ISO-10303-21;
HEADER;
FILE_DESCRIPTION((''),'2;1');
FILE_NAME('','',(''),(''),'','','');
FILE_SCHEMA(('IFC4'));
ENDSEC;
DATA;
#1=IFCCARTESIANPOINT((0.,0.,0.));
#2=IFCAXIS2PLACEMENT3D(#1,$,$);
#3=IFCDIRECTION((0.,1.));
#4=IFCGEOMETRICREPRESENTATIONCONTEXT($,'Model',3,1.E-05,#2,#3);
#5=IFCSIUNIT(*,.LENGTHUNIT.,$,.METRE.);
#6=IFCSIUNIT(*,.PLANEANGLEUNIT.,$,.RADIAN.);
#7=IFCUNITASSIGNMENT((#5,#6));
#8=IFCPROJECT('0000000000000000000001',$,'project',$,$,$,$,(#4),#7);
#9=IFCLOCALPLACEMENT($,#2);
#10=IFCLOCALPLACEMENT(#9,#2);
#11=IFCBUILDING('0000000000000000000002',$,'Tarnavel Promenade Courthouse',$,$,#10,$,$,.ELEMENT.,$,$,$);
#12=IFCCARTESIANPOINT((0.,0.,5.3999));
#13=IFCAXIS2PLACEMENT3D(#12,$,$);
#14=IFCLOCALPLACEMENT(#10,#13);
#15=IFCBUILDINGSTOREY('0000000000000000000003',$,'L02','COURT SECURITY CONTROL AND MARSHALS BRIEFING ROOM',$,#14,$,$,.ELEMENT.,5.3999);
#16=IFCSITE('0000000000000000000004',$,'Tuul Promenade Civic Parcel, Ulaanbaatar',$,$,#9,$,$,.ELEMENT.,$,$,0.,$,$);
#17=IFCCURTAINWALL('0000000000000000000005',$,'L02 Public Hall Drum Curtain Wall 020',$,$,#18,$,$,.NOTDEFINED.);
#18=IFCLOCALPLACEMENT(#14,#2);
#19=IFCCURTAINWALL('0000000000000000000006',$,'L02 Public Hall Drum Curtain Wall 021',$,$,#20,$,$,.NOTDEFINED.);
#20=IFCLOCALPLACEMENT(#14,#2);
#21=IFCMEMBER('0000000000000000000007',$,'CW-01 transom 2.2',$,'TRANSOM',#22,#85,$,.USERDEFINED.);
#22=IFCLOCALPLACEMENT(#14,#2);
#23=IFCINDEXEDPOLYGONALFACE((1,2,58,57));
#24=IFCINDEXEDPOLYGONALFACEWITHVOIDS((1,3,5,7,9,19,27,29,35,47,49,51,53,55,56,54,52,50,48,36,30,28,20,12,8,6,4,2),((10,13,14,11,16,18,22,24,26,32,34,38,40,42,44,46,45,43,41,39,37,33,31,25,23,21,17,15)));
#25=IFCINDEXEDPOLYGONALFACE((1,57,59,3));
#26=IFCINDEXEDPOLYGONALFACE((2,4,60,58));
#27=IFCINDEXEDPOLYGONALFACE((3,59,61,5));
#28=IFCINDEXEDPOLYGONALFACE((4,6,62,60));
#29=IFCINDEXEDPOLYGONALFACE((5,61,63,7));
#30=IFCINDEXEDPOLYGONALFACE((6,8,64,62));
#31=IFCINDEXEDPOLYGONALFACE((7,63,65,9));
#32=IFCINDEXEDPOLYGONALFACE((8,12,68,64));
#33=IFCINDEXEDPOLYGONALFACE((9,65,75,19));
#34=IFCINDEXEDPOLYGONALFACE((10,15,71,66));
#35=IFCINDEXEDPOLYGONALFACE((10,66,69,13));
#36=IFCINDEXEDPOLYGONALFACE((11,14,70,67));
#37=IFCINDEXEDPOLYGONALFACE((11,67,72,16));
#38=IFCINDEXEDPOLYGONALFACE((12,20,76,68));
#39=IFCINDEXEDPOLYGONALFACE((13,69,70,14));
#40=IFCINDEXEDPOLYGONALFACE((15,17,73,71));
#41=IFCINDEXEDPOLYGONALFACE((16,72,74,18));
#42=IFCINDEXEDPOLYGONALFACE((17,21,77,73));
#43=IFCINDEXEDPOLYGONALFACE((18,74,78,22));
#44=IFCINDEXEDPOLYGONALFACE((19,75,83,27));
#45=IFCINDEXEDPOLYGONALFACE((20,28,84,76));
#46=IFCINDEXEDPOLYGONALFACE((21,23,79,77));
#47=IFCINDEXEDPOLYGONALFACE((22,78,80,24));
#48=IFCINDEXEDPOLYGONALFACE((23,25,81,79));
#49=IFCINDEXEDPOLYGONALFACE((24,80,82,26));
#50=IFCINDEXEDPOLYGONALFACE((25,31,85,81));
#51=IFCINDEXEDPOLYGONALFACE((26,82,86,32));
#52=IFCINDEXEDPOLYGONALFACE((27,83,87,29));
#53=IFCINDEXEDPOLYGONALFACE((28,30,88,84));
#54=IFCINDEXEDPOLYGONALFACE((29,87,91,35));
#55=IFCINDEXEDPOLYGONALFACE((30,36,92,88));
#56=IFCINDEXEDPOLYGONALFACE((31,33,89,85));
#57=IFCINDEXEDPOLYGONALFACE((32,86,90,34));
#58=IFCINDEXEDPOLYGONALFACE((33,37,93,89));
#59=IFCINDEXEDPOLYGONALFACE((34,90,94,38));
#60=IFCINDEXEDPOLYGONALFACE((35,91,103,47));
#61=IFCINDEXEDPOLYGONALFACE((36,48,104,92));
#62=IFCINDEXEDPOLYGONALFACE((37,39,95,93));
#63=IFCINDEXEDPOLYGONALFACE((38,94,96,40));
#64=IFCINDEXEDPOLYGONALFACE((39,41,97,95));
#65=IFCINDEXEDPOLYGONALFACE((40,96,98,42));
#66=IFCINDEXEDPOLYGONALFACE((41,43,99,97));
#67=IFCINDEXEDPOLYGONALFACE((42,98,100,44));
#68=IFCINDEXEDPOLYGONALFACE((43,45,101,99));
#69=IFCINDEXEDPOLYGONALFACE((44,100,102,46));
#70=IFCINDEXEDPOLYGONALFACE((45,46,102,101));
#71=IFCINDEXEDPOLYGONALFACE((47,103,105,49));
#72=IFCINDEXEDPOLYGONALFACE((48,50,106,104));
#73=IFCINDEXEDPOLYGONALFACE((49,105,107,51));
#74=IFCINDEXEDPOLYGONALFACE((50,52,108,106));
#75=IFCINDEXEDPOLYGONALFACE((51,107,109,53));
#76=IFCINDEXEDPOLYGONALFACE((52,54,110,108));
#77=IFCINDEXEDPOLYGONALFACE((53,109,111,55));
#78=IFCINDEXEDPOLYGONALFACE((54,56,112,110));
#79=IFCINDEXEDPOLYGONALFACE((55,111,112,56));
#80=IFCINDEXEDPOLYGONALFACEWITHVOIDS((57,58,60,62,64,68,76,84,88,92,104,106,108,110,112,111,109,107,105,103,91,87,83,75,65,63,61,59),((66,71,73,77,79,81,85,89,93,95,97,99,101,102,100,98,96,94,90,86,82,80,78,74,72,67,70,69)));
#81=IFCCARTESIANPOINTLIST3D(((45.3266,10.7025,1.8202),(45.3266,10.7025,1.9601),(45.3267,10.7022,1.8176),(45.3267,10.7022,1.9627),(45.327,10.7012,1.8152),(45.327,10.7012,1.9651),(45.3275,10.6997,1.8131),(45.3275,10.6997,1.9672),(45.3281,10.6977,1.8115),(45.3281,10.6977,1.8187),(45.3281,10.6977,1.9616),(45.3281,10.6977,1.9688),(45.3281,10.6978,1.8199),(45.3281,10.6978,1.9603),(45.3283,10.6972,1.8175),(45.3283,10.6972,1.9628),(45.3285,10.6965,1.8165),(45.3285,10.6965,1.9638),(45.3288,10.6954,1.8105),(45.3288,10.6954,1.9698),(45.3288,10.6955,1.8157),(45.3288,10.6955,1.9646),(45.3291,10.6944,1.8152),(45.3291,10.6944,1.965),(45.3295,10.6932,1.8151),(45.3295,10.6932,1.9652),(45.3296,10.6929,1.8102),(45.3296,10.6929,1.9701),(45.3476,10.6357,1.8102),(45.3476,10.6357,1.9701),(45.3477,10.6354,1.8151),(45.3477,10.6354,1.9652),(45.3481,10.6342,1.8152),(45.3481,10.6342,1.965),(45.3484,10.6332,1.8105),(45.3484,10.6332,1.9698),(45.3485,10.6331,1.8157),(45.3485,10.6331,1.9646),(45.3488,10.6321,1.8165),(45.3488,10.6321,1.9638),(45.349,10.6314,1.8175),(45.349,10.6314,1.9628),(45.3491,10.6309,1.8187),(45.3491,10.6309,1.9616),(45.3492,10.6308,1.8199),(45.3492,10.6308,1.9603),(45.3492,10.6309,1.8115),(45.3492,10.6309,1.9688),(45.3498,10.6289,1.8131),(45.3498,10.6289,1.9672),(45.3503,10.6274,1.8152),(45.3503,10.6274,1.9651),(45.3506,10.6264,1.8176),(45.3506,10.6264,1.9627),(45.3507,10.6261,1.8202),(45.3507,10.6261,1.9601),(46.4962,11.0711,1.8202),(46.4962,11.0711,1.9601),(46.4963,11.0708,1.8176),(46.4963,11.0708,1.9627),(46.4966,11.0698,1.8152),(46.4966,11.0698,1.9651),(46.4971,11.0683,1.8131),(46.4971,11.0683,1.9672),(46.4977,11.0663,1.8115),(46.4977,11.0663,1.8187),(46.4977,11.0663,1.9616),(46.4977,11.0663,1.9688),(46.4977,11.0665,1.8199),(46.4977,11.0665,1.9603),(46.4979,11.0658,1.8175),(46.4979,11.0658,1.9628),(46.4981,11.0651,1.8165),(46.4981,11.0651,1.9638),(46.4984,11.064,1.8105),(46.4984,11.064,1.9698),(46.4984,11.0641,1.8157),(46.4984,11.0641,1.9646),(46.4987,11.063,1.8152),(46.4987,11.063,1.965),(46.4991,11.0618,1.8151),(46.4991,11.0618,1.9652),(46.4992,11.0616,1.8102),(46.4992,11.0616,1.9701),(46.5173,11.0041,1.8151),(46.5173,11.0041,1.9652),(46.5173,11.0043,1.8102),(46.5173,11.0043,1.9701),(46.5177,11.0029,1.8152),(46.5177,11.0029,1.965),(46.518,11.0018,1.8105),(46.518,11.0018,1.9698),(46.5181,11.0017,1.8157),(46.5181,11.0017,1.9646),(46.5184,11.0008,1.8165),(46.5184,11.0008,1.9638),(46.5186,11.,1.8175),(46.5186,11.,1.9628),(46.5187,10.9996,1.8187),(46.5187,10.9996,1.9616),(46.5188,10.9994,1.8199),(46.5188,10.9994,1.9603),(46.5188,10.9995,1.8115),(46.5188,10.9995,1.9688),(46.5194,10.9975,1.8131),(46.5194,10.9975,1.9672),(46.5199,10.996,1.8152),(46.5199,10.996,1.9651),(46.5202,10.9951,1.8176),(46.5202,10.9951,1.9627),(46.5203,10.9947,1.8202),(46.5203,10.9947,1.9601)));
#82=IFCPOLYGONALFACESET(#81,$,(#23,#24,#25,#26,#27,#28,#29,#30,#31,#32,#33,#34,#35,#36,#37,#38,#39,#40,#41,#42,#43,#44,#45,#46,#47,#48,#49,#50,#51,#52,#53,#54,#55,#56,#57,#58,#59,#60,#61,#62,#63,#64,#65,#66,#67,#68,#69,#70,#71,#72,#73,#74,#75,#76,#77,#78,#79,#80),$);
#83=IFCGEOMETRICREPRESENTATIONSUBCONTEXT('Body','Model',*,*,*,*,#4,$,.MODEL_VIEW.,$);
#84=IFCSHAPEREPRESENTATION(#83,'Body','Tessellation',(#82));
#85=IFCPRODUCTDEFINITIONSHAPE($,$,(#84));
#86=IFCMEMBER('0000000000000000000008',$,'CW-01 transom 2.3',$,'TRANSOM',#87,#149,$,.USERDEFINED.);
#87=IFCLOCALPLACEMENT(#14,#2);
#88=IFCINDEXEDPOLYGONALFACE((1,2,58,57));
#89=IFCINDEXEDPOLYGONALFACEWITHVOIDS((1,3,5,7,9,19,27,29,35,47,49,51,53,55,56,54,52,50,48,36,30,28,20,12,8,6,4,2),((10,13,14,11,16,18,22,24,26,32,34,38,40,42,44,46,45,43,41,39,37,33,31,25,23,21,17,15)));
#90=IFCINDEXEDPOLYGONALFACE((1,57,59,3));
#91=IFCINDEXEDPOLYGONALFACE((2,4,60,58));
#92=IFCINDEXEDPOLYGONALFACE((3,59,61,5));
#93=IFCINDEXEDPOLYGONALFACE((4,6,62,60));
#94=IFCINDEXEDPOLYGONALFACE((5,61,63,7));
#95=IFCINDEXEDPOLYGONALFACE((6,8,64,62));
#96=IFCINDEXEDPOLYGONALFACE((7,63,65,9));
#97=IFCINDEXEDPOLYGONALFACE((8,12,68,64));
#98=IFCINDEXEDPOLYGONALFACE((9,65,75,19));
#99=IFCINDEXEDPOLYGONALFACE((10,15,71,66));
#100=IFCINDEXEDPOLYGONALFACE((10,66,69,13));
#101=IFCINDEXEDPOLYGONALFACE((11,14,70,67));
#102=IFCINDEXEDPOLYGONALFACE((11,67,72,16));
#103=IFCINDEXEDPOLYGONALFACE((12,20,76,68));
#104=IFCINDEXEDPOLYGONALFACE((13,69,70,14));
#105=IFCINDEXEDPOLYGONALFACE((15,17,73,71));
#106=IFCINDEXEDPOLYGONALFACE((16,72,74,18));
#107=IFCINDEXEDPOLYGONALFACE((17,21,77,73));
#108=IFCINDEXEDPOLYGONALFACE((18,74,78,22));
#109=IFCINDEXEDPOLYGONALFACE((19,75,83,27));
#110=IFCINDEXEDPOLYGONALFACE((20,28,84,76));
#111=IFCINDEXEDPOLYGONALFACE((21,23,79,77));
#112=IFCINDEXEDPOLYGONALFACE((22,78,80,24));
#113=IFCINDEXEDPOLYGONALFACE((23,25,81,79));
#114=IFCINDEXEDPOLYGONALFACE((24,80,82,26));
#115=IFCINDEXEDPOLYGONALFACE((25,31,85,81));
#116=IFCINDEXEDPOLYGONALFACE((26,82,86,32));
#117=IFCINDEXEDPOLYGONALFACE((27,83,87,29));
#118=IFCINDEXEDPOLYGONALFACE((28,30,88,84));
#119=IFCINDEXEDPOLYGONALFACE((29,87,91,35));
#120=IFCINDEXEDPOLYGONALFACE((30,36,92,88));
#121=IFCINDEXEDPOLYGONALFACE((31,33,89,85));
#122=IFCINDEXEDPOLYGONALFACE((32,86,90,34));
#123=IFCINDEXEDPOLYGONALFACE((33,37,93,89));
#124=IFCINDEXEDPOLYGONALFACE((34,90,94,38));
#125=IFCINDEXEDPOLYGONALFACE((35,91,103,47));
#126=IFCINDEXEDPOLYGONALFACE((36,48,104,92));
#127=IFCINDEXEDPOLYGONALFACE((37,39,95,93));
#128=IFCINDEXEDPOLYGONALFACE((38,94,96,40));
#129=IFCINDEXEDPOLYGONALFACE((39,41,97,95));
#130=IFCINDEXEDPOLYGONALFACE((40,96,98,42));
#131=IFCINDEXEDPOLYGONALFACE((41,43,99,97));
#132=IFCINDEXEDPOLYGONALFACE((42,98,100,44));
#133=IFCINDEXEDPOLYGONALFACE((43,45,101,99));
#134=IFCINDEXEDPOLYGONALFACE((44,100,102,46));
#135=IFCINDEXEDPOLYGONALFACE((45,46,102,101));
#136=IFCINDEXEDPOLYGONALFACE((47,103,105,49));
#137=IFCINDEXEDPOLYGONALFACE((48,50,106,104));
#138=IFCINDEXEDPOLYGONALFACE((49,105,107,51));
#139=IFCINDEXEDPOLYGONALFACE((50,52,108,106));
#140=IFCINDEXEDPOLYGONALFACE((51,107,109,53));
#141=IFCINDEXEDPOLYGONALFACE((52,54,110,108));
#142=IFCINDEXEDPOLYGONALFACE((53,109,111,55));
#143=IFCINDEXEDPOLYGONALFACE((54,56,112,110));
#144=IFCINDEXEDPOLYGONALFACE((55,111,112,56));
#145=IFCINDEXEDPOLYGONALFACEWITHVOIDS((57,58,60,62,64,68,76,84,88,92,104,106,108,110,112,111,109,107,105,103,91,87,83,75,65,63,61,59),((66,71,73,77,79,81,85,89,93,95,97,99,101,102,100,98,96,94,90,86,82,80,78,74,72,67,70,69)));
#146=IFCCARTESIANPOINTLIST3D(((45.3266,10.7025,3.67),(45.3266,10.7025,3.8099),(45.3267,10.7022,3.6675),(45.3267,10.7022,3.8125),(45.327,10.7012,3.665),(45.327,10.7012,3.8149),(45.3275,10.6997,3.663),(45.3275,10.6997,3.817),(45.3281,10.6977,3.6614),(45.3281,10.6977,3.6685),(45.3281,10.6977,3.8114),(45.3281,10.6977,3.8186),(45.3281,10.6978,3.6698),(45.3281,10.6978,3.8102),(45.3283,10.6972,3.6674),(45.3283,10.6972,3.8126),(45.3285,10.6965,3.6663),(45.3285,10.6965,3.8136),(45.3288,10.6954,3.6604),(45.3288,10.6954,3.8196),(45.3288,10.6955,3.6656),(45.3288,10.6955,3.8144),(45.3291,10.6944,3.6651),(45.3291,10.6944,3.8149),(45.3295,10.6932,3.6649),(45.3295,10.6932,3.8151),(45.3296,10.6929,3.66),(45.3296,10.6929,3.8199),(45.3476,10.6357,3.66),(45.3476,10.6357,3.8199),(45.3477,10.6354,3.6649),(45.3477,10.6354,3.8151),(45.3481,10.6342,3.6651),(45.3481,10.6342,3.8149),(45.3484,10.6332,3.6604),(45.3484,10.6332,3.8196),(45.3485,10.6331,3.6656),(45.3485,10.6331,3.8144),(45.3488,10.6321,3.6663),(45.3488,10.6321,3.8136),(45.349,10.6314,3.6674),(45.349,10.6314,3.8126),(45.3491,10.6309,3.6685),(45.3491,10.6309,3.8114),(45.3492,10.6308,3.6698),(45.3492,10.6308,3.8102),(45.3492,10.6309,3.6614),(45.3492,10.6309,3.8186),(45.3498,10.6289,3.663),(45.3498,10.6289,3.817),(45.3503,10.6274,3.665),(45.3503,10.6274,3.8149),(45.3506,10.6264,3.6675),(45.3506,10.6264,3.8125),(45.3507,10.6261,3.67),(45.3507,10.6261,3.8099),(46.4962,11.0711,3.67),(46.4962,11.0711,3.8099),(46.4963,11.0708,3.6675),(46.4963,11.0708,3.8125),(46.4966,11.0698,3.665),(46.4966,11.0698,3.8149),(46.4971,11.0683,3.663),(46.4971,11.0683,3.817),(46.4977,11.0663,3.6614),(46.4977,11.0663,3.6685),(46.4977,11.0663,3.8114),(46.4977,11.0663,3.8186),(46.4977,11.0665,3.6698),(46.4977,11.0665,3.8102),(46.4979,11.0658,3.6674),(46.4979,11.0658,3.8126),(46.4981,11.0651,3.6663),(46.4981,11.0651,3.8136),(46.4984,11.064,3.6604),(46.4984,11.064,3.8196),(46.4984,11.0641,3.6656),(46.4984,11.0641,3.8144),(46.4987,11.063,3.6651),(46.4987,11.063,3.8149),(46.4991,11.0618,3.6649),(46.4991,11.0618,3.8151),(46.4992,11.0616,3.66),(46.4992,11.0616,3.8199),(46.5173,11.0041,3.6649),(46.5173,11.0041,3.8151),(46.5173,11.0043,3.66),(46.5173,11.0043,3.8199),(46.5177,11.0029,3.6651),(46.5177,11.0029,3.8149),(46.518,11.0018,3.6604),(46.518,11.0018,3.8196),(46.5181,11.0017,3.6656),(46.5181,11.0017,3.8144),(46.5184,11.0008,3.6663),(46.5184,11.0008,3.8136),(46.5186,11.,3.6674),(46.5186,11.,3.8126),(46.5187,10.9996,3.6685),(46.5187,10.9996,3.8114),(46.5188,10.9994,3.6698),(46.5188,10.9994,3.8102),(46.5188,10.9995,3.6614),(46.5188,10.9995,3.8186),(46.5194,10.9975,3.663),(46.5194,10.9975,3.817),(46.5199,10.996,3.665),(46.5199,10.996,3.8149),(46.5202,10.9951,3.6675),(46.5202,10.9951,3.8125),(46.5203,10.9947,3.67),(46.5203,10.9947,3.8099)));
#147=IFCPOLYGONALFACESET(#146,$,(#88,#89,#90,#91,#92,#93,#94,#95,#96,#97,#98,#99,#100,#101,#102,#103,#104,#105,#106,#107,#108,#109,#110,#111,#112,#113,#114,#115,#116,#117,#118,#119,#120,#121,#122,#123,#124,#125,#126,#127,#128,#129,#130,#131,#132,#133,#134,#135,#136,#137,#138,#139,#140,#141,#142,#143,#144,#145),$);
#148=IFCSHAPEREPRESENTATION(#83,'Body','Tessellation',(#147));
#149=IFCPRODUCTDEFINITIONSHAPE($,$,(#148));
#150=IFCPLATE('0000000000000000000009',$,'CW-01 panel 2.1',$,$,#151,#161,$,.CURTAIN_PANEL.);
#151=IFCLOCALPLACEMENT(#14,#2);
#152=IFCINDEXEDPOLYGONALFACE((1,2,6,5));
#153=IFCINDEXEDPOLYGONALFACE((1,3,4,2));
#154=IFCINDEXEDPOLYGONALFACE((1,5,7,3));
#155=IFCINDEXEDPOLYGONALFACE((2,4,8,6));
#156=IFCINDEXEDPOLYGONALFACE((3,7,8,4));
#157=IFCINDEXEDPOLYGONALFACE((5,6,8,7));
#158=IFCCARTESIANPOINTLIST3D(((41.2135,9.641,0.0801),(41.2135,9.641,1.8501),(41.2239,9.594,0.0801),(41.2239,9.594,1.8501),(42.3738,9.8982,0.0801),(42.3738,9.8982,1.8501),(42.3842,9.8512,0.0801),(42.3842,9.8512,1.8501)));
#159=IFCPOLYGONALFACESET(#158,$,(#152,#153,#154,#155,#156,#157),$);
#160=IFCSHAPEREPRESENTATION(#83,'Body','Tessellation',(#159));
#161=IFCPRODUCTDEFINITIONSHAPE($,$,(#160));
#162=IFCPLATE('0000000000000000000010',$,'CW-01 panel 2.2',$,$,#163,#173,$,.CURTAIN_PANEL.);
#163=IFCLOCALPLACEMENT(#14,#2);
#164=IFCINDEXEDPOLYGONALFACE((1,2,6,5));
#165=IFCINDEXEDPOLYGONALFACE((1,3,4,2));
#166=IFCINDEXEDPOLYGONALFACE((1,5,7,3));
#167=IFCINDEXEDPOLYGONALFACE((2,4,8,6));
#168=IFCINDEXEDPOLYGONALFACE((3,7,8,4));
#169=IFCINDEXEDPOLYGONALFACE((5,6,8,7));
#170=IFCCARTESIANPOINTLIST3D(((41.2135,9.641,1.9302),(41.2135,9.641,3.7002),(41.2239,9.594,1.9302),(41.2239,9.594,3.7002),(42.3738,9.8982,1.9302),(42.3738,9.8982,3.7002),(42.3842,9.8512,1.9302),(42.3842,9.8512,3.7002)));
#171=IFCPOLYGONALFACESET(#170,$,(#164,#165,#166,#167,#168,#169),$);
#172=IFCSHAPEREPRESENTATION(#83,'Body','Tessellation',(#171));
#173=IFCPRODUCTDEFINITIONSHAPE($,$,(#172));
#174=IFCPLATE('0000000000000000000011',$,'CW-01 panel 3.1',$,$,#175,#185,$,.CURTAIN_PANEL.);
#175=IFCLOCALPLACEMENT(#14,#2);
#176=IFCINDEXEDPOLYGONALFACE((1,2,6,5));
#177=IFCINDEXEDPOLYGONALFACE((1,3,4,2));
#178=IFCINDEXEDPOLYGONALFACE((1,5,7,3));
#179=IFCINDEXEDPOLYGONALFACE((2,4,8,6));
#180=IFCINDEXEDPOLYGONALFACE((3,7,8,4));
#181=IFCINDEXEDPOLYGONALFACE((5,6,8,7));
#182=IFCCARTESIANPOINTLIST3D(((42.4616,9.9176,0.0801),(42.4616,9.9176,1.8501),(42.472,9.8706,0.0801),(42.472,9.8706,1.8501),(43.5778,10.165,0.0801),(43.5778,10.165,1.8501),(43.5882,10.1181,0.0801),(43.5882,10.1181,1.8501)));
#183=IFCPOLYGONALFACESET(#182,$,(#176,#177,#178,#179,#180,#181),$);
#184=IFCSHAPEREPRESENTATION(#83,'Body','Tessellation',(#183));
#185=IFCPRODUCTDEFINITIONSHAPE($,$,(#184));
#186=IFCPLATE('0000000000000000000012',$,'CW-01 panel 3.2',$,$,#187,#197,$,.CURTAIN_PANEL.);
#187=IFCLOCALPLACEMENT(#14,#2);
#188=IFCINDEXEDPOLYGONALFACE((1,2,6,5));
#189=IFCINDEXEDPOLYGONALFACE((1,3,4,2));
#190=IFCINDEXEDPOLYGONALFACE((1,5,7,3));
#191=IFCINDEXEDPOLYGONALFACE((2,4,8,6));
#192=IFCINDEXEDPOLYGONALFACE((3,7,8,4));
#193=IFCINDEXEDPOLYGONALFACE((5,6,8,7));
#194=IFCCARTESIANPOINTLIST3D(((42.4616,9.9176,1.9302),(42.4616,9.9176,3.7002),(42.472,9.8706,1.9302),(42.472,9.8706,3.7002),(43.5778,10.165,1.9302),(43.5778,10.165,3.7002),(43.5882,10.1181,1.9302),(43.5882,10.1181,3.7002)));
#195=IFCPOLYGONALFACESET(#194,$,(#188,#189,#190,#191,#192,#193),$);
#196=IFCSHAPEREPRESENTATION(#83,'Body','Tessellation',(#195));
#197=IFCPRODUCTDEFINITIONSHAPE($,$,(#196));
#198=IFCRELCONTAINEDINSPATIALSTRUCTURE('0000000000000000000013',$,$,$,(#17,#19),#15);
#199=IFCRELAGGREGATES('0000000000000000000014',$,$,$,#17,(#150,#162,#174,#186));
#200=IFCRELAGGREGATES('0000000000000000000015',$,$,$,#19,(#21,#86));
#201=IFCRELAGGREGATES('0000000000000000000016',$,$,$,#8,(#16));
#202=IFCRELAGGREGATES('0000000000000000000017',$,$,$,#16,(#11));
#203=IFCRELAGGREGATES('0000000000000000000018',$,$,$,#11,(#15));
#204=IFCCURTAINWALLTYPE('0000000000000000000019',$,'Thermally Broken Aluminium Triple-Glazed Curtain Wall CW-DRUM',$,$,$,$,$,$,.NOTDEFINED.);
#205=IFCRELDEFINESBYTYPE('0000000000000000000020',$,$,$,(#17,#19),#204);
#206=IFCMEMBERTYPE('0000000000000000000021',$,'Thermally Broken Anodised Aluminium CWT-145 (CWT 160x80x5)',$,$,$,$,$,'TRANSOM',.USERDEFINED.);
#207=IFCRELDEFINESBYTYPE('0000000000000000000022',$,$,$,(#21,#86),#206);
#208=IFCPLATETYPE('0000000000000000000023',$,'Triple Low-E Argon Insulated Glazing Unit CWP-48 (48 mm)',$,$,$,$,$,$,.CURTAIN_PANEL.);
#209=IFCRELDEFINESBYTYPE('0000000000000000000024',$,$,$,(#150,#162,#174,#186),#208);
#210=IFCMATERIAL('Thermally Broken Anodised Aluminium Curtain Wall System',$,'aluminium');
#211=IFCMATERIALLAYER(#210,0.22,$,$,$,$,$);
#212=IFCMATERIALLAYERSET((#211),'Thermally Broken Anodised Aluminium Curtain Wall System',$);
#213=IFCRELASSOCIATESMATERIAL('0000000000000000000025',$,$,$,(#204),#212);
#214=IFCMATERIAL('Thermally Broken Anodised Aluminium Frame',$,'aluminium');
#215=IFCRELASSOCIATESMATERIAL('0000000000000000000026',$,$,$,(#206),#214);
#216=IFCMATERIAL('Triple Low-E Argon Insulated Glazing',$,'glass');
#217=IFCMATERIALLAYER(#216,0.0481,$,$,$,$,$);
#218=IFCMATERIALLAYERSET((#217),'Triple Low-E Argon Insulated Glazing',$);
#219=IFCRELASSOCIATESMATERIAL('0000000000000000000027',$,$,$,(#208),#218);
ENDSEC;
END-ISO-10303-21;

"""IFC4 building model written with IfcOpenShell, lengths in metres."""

from ifc_helpers import new_model, si_unit, direction, frame, origin, origin_2d, place, context, subcontext, project, spatial, rectangle, hollow_rectangle, extrude, material, layer, layer_set, material_profile, profile_set, type_object, element, aggregate, save


model = new_model("IFC4")

# Units and contexts
model_context = context("Model", 3, precision=1e-05, world=origin(), true_north=direction((0.0, 1.0)))
body_context = subcontext(model_context, "Body", "Model", "MODEL_VIEW")
ifc_project = project(units=[si_unit("LENGTHUNIT", "METRE"), si_unit("PLANEANGLEUNIT", "RADIAN")], contexts=[model_context])

# Site, building, storey
site_placement = place(None, origin())
site = spatial("IfcSite", under=ifc_project, at=site_placement, Name="Tuul Promenade Civic Parcel, Ulaanbaatar", CompositionType="ELEMENT", RefElevation=0.0)
building_placement = place(site_placement, origin())
building = spatial("IfcBuilding", under=site, at=building_placement, Name="Tarnavel Promenade Courthouse", CompositionType="ELEMENT")
storey_placement = place(building_placement, frame((0.0, 0.0, 5.3999)))
storey = spatial("IfcBuildingStorey", under=building, at=storey_placement, Name="L02", Description="COURT SECURITY CONTROL AND MARSHALS BRIEFING ROOM", CompositionType="ELEMENT", Elevation=5.3999)

# Curtain walls
ifc_material_1 = material(Name="Thermally Broken Anodised Aluminium Curtain Wall System", Category="aluminium")
ifc_layer_1 = layer(ifc_material_1, 0.22)
ifc_layer_set_1 = layer_set([ifc_layer_1], Name="Thermally Broken Anodised Aluminium Curtain Wall System")
curtain_wall_type = type_object("IfcCurtainWallType", Name="Thermally Broken Aluminium Triple-Glazed Curtain Wall CW-DRUM", PredefinedType="NOTDEFINED", material=ifc_layer_set_1)
curtain_wall_1_placement = place(storey_placement, origin())
curtain_wall_1 = element("IfcCurtainWall", 1, at=curtain_wall_1_placement, inside=storey, type_object=curtain_wall_type, Name="L02 Public Hall Drum Curtain Wall 020", PredefinedType="NOTDEFINED")
ifc_material_2 = material(Name="Thermally Broken Anodised Aluminium Frame", Category="aluminium")
curtain_wall_2_placement = place(storey_placement, origin())
curtain_wall_2 = element("IfcCurtainWall", 2, at=curtain_wall_2_placement, inside=storey, type_object=curtain_wall_type, Name="L02 Public Hall Drum Curtain Wall 021", PredefinedType="NOTDEFINED")

# Members
ifc_material_profile_1 = material_profile(ifc_material_2, hollow_rectangle(XDim=0.0801, YDim=0.1599, WallThickness=0.0049, InnerFilletRadius=0.0049, OuterFilletRadius=0.01, at=origin_2d()), Name="CWT 160x80x5")
ifc_profile_set_1 = profile_set([ifc_material_profile_1], Name="Thermally Broken Anodised Aluminium Frame")
member_type_1 = type_object("IfcMemberType", Name="Thermally Broken Anodised Aluminium CWT-145 (CWT 160x80x5)", ElementType="TRANSOM", PredefinedType="USERDEFINED", material=ifc_profile_set_1)
member_1_placement = place(storey_placement, frame((45.3386, 10.6643, 1.8901), z_axis=(0.953751, 0.300598, 0.0), x_axis=(-0.300598, 0.953751, 0.0)))
member_1 = element("IfcMember", 3, at=member_1_placement, type_object=member_type_1, Name="CW-01 transom 2.2", ObjectType="TRANSOM", PredefinedType="USERDEFINED", context=body_context, shape_type="SweptSolid", body=[
    extrude(hollow_rectangle(XDim=0.0801, YDim=0.1599, WallThickness=0.0049, InnerFilletRadius=0.0049, OuterFilletRadius=0.01, at=origin_2d()), origin(), (0.0, 0.0, 1.0), 1.2263),
])
member_2_placement = place(storey_placement, frame((45.3386, 10.6643, 3.74), z_axis=(0.953751, 0.300598, 0.0), x_axis=(-0.300598, 0.953751, 0.0)))
member_2 = element("IfcMember", 4, at=member_2_placement, type_object=member_type_1, Name="CW-01 transom 2.3", ObjectType="TRANSOM", PredefinedType="USERDEFINED", context=body_context, shape_type="SweptSolid", body=[
    extrude(hollow_rectangle(XDim=0.0801, YDim=0.1599, WallThickness=0.0049, InnerFilletRadius=0.0049, OuterFilletRadius=0.01, at=origin_2d()), origin(), (0.0, 0.0, 1.0), 1.2263),
])

# Plates
ifc_material_3 = material(Name="Triple Low-E Argon Insulated Glazing", Category="glass")
ifc_layer_2 = layer(ifc_material_3, 0.0481)
ifc_layer_set_2 = layer_set([ifc_layer_2], Name="Triple Low-E Argon Insulated Glazing")
plate_type = type_object("IfcPlateType", Name="Triple Low-E Argon Insulated Glazing Unit CWP-48 (48 mm)", PredefinedType="CURTAIN_PANEL", material=ifc_layer_set_2)
plate_1_placement = place(storey_placement, frame((41.7988, 9.7461, 0.0801), z_axis=(0.0, 0.0, 1.0), x_axis=(0.976296, 0.216439, 0.0)))
plate_1 = element("IfcPlate", 5, at=plate_1_placement, type_object=plate_type, Name="CW-01 panel 2.1", PredefinedType="CURTAIN_PANEL", context=body_context, shape_type="SweptSolid", body=[
    extrude(rectangle(XDim=1.1885, YDim=0.0481, at=origin_2d()), origin(), (0.0, 0.0, 1.0), 1.77),
])
plate_2_placement = place(storey_placement, frame((41.7988, 9.7461, 1.9302), z_axis=(0.0, 0.0, 1.0), x_axis=(0.976296, 0.216439, 0.0)))
plate_2 = element("IfcPlate", 6, at=plate_2_placement, type_object=plate_type, Name="CW-01 panel 2.2", PredefinedType="CURTAIN_PANEL", context=body_context, shape_type="SweptSolid", body=[
    extrude(rectangle(XDim=1.1885, YDim=0.0481, at=origin_2d()), origin(), (0.0, 0.0, 1.0), 1.77),
])
plate_3_placement = place(storey_placement, frame((43.0249, 10.0178, 0.0801), z_axis=(0.0, 0.0, 1.0), x_axis=(0.976296, 0.216439, 0.0)))
plate_3 = element("IfcPlate", 7, at=plate_3_placement, type_object=plate_type, Name="CW-01 panel 3.1", PredefinedType="CURTAIN_PANEL", context=body_context, shape_type="SweptSolid", body=[
    extrude(rectangle(XDim=1.1433, YDim=0.0481, at=origin_2d()), origin(), (0.0, 0.0, 1.0), 1.77),
])
plate_4_placement = place(storey_placement, frame((43.0249, 10.0178, 1.9302), z_axis=(0.0, 0.0, 1.0), x_axis=(0.976296, 0.216439, 0.0)))
plate_4 = element("IfcPlate", 8, at=plate_4_placement, type_object=plate_type, Name="CW-01 panel 3.2", PredefinedType="CURTAIN_PANEL", context=body_context, shape_type="SweptSolid", body=[
    extrude(rectangle(XDim=1.1433, YDim=0.0481, at=origin_2d()), origin(), (0.0, 0.0, 1.0), 1.77),
])
aggregate(curtain_wall_1, [plate_1, plate_2, plate_3, plate_4])
aggregate(curtain_wall_2, [member_1, member_2])

save(model, "model.ifc")
